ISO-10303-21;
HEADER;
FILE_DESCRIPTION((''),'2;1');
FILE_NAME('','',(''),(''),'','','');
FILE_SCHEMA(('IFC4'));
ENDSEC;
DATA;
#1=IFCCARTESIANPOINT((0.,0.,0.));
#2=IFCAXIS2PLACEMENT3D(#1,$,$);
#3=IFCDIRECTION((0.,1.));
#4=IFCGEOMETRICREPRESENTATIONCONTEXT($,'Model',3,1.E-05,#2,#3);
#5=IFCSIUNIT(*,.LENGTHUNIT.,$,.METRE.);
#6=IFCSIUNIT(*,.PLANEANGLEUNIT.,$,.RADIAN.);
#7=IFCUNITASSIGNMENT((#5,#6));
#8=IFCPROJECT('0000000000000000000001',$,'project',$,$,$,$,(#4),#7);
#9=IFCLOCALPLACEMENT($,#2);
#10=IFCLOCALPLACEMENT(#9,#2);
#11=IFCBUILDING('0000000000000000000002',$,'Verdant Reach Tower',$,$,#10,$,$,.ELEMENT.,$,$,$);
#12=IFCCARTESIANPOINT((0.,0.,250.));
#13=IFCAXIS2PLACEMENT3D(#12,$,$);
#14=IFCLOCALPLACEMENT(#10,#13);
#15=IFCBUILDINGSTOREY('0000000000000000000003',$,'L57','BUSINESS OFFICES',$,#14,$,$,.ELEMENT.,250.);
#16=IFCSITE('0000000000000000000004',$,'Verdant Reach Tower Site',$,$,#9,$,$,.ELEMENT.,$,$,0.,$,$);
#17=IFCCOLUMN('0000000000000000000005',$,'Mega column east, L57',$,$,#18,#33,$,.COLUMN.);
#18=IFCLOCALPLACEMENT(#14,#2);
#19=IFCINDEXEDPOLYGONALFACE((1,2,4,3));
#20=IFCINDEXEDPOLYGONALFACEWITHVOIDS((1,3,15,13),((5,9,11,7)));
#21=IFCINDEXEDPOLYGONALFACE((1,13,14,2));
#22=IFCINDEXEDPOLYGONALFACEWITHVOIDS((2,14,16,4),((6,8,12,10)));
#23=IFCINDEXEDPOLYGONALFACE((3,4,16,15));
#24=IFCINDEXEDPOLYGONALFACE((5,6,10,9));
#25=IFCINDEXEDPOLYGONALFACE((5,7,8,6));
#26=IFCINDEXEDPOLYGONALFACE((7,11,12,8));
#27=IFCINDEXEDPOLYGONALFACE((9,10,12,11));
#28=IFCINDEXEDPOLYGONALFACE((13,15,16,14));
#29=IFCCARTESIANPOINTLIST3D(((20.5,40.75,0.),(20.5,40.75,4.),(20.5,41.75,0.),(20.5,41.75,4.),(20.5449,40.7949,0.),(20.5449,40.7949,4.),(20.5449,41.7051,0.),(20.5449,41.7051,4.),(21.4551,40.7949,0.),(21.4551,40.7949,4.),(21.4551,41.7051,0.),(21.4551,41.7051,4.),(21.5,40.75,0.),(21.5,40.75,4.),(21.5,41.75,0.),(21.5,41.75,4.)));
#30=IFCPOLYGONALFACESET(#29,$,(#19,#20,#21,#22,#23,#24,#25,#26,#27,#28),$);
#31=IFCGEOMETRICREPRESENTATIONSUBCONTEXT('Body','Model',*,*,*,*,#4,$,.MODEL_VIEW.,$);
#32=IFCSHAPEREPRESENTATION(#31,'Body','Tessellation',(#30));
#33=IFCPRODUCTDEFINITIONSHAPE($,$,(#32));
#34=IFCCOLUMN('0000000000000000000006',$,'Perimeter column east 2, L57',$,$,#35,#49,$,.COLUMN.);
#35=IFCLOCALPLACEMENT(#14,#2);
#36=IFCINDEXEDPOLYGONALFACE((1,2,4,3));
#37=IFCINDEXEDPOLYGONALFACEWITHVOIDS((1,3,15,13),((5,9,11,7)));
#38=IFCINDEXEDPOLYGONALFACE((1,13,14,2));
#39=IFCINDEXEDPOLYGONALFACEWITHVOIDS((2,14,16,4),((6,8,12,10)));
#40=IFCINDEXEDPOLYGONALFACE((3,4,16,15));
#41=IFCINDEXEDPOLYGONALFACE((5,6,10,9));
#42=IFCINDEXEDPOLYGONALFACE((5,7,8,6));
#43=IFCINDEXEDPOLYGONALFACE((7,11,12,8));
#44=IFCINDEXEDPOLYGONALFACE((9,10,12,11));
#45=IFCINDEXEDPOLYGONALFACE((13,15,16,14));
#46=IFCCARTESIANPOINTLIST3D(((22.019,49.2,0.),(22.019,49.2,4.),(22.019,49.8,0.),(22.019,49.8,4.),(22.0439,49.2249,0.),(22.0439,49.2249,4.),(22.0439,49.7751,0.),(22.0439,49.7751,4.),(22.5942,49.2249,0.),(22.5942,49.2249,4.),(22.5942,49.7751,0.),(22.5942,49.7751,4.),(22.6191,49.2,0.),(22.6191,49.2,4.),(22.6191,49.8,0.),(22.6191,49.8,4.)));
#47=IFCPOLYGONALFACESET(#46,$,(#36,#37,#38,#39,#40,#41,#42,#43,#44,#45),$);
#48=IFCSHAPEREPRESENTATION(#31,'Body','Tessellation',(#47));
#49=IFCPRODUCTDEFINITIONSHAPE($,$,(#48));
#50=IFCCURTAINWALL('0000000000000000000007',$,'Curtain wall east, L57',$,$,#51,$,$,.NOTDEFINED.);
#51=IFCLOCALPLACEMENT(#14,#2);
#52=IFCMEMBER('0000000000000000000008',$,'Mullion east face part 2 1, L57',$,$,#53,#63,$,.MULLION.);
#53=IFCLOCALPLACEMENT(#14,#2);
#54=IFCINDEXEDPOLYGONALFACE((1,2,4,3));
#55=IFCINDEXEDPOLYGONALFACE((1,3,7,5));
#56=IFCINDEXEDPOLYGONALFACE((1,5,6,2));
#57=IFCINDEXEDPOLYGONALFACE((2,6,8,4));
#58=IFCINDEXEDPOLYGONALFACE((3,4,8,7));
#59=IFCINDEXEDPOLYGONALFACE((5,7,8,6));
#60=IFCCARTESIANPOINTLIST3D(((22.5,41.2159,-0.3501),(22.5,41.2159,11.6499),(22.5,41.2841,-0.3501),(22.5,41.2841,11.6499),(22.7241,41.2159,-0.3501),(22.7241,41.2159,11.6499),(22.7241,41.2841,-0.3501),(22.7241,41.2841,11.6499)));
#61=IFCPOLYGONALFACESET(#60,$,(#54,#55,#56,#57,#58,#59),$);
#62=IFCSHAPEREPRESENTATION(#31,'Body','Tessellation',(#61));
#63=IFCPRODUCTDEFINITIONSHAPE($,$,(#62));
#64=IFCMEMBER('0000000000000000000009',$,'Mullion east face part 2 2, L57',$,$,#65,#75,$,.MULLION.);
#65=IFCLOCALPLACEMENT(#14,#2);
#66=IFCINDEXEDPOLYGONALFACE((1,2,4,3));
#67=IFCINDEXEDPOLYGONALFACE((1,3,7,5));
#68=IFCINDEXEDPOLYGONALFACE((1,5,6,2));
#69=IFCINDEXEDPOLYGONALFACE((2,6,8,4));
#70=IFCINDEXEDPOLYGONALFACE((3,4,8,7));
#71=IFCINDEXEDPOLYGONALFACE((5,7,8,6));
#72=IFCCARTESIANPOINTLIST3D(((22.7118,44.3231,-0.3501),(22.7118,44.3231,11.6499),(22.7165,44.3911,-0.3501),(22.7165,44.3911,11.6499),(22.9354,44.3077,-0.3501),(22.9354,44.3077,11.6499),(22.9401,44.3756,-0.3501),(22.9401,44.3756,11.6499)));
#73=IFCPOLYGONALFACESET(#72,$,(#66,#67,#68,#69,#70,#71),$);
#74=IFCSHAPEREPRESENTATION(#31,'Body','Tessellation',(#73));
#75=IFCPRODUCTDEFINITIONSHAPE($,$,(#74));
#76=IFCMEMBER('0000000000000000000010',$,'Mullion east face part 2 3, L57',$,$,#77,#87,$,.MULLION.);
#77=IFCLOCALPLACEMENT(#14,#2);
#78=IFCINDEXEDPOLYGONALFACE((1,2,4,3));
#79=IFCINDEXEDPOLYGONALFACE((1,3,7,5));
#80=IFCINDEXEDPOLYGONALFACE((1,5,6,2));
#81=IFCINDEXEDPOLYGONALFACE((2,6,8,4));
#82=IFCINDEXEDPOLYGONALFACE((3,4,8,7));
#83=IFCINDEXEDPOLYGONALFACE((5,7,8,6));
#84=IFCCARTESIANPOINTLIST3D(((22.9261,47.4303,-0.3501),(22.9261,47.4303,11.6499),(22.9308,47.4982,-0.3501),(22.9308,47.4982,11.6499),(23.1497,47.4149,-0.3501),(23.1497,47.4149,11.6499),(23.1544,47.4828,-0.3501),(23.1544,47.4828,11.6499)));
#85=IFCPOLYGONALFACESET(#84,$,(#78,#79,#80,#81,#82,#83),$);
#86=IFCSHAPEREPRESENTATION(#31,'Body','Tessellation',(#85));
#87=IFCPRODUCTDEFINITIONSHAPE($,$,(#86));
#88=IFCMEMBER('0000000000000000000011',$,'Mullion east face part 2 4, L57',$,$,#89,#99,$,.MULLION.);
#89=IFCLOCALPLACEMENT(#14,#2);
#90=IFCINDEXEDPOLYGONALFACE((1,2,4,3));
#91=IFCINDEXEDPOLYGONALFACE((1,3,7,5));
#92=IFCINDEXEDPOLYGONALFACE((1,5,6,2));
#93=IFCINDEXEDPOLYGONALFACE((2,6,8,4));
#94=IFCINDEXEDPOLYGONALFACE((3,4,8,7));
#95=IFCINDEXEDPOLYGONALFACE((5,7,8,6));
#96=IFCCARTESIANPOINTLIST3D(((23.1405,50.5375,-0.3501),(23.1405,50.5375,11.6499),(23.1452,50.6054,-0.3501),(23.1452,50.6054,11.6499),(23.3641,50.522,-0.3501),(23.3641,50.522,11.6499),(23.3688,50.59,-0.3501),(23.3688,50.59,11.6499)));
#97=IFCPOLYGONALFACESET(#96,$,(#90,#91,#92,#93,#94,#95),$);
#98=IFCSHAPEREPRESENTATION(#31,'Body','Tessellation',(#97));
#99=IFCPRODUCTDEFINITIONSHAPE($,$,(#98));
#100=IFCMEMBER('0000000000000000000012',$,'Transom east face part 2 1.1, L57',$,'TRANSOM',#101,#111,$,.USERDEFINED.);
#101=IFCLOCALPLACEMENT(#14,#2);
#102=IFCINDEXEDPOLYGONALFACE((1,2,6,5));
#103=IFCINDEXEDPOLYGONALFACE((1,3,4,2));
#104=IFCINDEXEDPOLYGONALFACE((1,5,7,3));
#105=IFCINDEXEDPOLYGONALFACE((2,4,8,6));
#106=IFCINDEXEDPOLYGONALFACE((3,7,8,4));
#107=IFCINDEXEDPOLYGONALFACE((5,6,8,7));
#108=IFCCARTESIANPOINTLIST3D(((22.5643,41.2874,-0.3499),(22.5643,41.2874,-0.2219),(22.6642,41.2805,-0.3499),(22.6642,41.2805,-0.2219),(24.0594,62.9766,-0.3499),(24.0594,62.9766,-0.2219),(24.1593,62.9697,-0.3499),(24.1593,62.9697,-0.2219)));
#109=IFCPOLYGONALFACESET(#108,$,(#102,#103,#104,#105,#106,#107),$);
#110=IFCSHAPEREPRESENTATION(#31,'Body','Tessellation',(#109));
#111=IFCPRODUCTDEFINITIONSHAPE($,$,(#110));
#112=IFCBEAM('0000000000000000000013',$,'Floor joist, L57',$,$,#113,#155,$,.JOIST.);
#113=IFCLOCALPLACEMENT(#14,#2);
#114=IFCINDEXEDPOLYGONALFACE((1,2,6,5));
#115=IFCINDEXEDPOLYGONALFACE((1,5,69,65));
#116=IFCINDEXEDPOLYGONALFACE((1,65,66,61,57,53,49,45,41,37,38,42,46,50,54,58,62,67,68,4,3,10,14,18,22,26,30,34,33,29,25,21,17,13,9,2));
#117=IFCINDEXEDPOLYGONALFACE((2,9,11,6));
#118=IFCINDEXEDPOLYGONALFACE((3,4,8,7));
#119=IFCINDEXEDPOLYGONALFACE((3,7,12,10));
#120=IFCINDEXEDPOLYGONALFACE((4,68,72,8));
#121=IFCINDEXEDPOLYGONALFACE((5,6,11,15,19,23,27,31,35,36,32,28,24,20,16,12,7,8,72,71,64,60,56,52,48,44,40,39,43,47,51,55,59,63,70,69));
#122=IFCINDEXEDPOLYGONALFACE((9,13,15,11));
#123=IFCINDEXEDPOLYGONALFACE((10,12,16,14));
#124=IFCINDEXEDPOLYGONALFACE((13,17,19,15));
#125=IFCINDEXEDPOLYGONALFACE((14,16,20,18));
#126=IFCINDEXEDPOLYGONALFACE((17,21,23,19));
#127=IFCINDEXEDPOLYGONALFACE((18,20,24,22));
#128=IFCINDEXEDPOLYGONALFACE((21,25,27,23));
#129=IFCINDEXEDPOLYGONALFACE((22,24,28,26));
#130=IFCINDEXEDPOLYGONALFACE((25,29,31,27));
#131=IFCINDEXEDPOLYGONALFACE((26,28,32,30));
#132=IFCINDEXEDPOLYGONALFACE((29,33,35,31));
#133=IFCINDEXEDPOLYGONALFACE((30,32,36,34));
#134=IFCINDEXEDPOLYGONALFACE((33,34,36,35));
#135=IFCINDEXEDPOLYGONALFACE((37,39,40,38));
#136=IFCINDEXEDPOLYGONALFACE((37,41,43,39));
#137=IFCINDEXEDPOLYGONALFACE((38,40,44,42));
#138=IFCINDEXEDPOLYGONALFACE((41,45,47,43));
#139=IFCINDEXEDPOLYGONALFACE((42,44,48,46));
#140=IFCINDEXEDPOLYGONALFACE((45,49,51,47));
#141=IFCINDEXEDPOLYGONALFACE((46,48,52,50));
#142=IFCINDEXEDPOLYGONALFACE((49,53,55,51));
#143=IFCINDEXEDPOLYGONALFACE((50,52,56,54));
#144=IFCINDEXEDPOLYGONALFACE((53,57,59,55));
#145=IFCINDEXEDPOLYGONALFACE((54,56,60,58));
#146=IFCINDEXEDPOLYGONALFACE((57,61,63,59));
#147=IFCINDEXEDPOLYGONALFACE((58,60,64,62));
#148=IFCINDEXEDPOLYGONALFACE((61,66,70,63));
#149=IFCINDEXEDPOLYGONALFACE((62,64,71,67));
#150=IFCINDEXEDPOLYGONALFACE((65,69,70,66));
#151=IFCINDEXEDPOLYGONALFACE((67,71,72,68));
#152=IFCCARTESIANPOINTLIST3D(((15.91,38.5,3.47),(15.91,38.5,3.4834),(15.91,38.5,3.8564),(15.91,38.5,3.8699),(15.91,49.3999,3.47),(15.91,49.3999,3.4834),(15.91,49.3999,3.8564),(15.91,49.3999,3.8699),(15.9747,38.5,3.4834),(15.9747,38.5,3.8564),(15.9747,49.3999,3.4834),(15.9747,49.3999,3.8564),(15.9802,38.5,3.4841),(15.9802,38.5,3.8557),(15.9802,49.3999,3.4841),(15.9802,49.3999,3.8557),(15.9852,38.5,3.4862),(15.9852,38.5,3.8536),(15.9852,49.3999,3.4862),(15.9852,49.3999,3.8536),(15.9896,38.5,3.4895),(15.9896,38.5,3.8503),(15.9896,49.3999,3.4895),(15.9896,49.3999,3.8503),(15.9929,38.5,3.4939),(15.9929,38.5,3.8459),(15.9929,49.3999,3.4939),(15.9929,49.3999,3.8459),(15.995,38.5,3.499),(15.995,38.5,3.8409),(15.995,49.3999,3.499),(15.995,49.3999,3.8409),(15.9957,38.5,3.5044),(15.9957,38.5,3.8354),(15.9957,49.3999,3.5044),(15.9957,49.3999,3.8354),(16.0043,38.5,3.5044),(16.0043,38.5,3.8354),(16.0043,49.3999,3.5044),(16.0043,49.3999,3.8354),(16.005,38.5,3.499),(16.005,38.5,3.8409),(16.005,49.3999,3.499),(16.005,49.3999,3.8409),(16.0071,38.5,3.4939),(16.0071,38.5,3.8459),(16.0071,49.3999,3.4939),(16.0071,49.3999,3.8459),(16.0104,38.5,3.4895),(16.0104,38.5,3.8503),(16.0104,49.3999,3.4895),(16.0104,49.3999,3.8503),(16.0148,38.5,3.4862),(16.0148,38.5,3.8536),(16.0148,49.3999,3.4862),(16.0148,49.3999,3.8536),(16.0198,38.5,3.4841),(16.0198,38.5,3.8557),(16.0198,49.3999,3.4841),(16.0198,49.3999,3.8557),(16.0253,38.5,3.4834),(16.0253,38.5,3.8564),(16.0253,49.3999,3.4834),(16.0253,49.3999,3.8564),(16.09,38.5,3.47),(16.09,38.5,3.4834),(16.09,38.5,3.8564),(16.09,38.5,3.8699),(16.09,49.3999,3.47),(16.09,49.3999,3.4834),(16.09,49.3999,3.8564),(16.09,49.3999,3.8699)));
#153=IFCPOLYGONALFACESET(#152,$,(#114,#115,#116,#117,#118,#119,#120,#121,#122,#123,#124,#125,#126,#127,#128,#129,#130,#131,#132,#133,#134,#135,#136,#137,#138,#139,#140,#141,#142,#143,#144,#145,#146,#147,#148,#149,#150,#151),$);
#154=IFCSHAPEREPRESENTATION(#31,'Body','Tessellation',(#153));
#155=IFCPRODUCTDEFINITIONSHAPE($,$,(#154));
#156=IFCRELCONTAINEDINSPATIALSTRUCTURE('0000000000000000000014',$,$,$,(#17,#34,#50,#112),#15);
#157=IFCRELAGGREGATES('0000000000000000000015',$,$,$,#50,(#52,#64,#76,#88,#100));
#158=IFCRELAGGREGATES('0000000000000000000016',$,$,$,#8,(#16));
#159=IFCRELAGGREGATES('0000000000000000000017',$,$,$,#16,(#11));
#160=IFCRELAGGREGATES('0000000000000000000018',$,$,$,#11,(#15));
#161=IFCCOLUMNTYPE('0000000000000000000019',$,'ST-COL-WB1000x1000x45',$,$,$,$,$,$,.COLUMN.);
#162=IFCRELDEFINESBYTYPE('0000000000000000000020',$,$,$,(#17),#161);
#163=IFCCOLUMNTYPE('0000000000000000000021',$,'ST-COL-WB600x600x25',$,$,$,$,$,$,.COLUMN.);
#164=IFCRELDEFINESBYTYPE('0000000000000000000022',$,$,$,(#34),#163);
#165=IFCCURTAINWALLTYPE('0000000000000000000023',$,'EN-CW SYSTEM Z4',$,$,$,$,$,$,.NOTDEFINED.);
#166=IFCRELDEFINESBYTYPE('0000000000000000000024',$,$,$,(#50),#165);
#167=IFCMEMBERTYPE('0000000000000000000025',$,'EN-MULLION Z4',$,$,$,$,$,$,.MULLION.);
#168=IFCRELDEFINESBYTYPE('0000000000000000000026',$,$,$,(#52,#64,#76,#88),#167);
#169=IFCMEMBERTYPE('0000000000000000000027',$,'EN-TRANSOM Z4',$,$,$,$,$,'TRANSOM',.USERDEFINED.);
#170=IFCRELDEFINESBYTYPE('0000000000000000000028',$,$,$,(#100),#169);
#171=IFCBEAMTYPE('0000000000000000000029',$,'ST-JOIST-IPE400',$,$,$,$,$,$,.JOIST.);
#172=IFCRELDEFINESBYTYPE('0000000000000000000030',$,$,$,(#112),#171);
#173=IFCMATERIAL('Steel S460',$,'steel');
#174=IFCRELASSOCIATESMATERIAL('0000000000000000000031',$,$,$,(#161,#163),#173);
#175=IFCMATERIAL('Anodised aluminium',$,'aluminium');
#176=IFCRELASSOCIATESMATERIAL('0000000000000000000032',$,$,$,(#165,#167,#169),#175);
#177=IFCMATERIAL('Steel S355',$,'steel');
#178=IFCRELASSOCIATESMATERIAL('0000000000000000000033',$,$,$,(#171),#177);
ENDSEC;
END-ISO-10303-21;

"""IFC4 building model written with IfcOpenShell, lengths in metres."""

from ifc_helpers import new_model, si_unit, direction, frame, origin, origin_2d, place, context, subcontext, project, spatial, rectangle, hollow_rectangle, i_section, extrude, material, material_profile, profile_set, type_object, element, aggregate, save


model = new_model("IFC4")

# Units and contexts
model_context = context("Model", 3, precision=1e-05, world=origin(), true_north=direction((0.0, 1.0)))
body_context = subcontext(model_context, "Body", "Model", "MODEL_VIEW")
ifc_project = project(units=[si_unit("LENGTHUNIT", "METRE"), si_unit("PLANEANGLEUNIT", "RADIAN")], contexts=[model_context])

# Site, building, storey
site_placement = place(None, origin())
site = spatial("IfcSite", under=ifc_project, at=site_placement, Name="Verdant Reach Tower Site", CompositionType="ELEMENT", RefElevation=0.0)
building_placement = place(site_placement, origin())
building = spatial("IfcBuilding", under=site, at=building_placement, Name="Verdant Reach Tower", CompositionType="ELEMENT")
storey_placement = place(building_placement, frame((0.0, 0.0, 250.0)))
storey = spatial("IfcBuildingStorey", under=building, at=storey_placement, Name="L57", Description="BUSINESS OFFICES", CompositionType="ELEMENT", Elevation=250.0)

# Columns
ifc_material_1 = material(Name="Steel S460", Category="steel")
ifc_material_profile_1 = material_profile(ifc_material_1, hollow_rectangle(XDim=1.0, YDim=1.0, WallThickness=0.0449, at=origin_2d()), Name="WB 1000x1000x45")
ifc_profile_set_1 = profile_set([ifc_material_profile_1], Name="Steel S460")
column_type_1 = type_object("IfcColumnType", Name="ST-COL-WB1000x1000x45", PredefinedType="COLUMN", material=ifc_profile_set_1)
column_1_placement = place(storey_placement, frame((21.0, 41.25, 0.0), z_axis=(0.0, 0.0, 1.0), x_axis=(1.0, 0.0, 0.0)))
element("IfcColumn", 1, at=column_1_placement, inside=storey, type_object=column_type_1, Name="Mega column east, L57", PredefinedType="COLUMN", context=body_context, shape_type="SweptSolid", body=[
    extrude(hollow_rectangle(XDim=1.0, YDim=1.0, WallThickness=0.0449, at=origin_2d()), origin(), (0.0, 0.0, 1.0), 4.0),
])
ifc_material_profile_2 = material_profile(ifc_material_1, hollow_rectangle(XDim=0.6001, YDim=0.6001, WallThickness=0.0249, at=origin_2d()), Name="WB 600x600x25")
ifc_profile_set_2 = profile_set([ifc_material_profile_2], Name="Steel S460")
column_type_2 = type_object("IfcColumnType", Name="ST-COL-WB600x600x25", PredefinedType="COLUMN", material=ifc_profile_set_2)
column_2_placement = place(storey_placement, frame((22.3191, 49.5, 0.0), z_axis=(0.0, 0.0, 1.0), x_axis=(1.0, 0.0, 0.0)))
element("IfcColumn", 2, at=column_2_placement, inside=storey, type_object=column_type_2, Name="Perimeter column east 2, L57", PredefinedType="COLUMN", context=body_context, shape_type="SweptSolid", body=[
    extrude(hollow_rectangle(XDim=0.6001, YDim=0.6001, WallThickness=0.0249, at=origin_2d()), origin(), (0.0, 0.0, 1.0), 4.0),
])

# Curtain wall, members
ifc_material_2 = material(Name="Anodised aluminium", Category="aluminium")
curtain_wall_type = type_object("IfcCurtainWallType", Name="EN-CW SYSTEM Z4", PredefinedType="NOTDEFINED", material=ifc_material_2)
curtain_wall_placement = place(storey_placement, origin())
curtain_wall = element("IfcCurtainWall", 3, at=curtain_wall_placement, inside=storey, type_object=curtain_wall_type, Name="Curtain wall east, L57", PredefinedType="NOTDEFINED")
ifc_material_profile_3 = material_profile(ifc_material_2, rectangle(XDim=0.2241, YDim=0.0681, at=origin_2d()), Name="Mullion 68x224")
ifc_profile_set_3 = profile_set([ifc_material_profile_3], Name="Anodised aluminium")
member_type_1 = type_object("IfcMemberType", Name="EN-MULLION Z4", PredefinedType="MULLION", material=ifc_profile_set_3)
member_1_placement = place(storey_placement, frame((22.6121, 41.25, -0.3501), z_axis=(0.0, 0.0, 1.0), x_axis=(1.0, 0.0, 0.0)))
member_1 = element("IfcMember", 4, at=member_1_placement, type_object=member_type_1, Name="Mullion east face part 2 1, L57", PredefinedType="MULLION", context=body_context, shape_type="SweptSolid", body=[
    extrude(rectangle(XDim=0.2241, YDim=0.0681, at=origin_2d()), origin(), (0.0, 0.0, 1.0), 12.0),
])
member_2_placement = place(storey_placement, frame((22.8259, 44.3494, -0.3501), z_axis=(0.0, 0.0, 1.0), x_axis=(0.99763, -0.068802, 0.0)))
member_2 = element("IfcMember", 5, at=member_2_placement, type_object=member_type_1, Name="Mullion east face part 2 2, L57", PredefinedType="MULLION", context=body_context, shape_type="SweptSolid", body=[
    extrude(rectangle(XDim=0.2241, YDim=0.0681, at=origin_2d()), origin(), (0.0, 0.0, 1.0), 12.0),
])
member_3_placement = place(storey_placement, frame((23.0403, 47.4565, -0.3501), z_axis=(0.0, 0.0, 1.0), x_axis=(0.99763, -0.068802, 0.0)))
member_3 = element("IfcMember", 6, at=member_3_placement, type_object=member_type_1, Name="Mullion east face part 2 3, L57", PredefinedType="MULLION", context=body_context, shape_type="SweptSolid", body=[
    extrude(rectangle(XDim=0.2241, YDim=0.0681, at=origin_2d()), origin(), (0.0, 0.0, 1.0), 12.0),
])
member_4_placement = place(storey_placement, frame((23.2546, 50.5637, -0.3501), z_axis=(0.0, 0.0, 1.0), x_axis=(0.99763, -0.068802, 0.0)))
member_4 = element("IfcMember", 7, at=member_4_placement, type_object=member_type_1, Name="Mullion east face part 2 4, L57", PredefinedType="MULLION", context=body_context, shape_type="SweptSolid", body=[
    extrude(rectangle(XDim=0.2241, YDim=0.0681, at=origin_2d()), origin(), (0.0, 0.0, 1.0), 12.0),
])
ifc_material_profile_4 = material_profile(ifc_material_2, rectangle(XDim=0.1001, YDim=0.1279, at=origin_2d()), Name="Transom 128x100")
ifc_profile_set_4 = profile_set([ifc_material_profile_4], Name="Anodised aluminium")
member_type_2 = type_object("IfcMemberType", Name="EN-TRANSOM Z4", ElementType="TRANSOM", PredefinedType="USERDEFINED", material=ifc_profile_set_4)
member_5_placement = place(storey_placement, frame((22.6143, 41.2839, -0.2859), z_axis=(0.06877, 0.997633, 0.0), x_axis=(-0.997633, 0.06877, 0.0)))
member_5 = element("IfcMember", 8, at=member_5_placement, type_object=member_type_2, Name="Transom east face part 2 1.1, L57", ObjectType="TRANSOM", PredefinedType="USERDEFINED", context=body_context, shape_type="SweptSolid", body=[
    extrude(rectangle(XDim=0.1001, YDim=0.1279, at=origin_2d()), origin(), (0.0, 0.0, 1.0), 21.7407),
])

# Beam
ifc_material_3 = material(Name="Steel S355", Category="steel")
ifc_material_profile_5 = material_profile(ifc_material_3, i_section(OverallWidth=0.1799, OverallDepth=0.3999, WebThickness=0.0085, FlangeThickness=0.0134, FilletRadius=0.021, at=origin_2d()), Name="IPE 400")
ifc_profile_set_5 = profile_set([ifc_material_profile_5], Name="Steel S355")
beam_type_1 = type_object("IfcBeamType", Name="ST-JOIST-IPE400", PredefinedType="JOIST", material=ifc_profile_set_5)
for number, where, z_axis, x_axis, name in (
    (9, (16.0, 38.5, 3.6699), (0.0, 1.0, 0.0), (-1.0, 0.0, 0.0), "Floor joist, L57"),
):
    element("IfcBeam", number, at=place(storey_placement, frame(where, z_axis=z_axis, x_axis=x_axis)), inside=storey, type_object=beam_type_1, Name=name, PredefinedType="JOIST", context=body_context, shape_type="SweptSolid", body=[
        extrude(i_section(OverallWidth=0.1799, OverallDepth=0.3999, WebThickness=0.0085, FlangeThickness=0.0134, FilletRadius=0.021, at=origin_2d()), origin(), (0.0, 0.0, 1.0), 10.8999),
    ])

aggregate(curtain_wall, [member_1, member_2, member_3, member_4, member_5])

save(model, "model.ifc")
